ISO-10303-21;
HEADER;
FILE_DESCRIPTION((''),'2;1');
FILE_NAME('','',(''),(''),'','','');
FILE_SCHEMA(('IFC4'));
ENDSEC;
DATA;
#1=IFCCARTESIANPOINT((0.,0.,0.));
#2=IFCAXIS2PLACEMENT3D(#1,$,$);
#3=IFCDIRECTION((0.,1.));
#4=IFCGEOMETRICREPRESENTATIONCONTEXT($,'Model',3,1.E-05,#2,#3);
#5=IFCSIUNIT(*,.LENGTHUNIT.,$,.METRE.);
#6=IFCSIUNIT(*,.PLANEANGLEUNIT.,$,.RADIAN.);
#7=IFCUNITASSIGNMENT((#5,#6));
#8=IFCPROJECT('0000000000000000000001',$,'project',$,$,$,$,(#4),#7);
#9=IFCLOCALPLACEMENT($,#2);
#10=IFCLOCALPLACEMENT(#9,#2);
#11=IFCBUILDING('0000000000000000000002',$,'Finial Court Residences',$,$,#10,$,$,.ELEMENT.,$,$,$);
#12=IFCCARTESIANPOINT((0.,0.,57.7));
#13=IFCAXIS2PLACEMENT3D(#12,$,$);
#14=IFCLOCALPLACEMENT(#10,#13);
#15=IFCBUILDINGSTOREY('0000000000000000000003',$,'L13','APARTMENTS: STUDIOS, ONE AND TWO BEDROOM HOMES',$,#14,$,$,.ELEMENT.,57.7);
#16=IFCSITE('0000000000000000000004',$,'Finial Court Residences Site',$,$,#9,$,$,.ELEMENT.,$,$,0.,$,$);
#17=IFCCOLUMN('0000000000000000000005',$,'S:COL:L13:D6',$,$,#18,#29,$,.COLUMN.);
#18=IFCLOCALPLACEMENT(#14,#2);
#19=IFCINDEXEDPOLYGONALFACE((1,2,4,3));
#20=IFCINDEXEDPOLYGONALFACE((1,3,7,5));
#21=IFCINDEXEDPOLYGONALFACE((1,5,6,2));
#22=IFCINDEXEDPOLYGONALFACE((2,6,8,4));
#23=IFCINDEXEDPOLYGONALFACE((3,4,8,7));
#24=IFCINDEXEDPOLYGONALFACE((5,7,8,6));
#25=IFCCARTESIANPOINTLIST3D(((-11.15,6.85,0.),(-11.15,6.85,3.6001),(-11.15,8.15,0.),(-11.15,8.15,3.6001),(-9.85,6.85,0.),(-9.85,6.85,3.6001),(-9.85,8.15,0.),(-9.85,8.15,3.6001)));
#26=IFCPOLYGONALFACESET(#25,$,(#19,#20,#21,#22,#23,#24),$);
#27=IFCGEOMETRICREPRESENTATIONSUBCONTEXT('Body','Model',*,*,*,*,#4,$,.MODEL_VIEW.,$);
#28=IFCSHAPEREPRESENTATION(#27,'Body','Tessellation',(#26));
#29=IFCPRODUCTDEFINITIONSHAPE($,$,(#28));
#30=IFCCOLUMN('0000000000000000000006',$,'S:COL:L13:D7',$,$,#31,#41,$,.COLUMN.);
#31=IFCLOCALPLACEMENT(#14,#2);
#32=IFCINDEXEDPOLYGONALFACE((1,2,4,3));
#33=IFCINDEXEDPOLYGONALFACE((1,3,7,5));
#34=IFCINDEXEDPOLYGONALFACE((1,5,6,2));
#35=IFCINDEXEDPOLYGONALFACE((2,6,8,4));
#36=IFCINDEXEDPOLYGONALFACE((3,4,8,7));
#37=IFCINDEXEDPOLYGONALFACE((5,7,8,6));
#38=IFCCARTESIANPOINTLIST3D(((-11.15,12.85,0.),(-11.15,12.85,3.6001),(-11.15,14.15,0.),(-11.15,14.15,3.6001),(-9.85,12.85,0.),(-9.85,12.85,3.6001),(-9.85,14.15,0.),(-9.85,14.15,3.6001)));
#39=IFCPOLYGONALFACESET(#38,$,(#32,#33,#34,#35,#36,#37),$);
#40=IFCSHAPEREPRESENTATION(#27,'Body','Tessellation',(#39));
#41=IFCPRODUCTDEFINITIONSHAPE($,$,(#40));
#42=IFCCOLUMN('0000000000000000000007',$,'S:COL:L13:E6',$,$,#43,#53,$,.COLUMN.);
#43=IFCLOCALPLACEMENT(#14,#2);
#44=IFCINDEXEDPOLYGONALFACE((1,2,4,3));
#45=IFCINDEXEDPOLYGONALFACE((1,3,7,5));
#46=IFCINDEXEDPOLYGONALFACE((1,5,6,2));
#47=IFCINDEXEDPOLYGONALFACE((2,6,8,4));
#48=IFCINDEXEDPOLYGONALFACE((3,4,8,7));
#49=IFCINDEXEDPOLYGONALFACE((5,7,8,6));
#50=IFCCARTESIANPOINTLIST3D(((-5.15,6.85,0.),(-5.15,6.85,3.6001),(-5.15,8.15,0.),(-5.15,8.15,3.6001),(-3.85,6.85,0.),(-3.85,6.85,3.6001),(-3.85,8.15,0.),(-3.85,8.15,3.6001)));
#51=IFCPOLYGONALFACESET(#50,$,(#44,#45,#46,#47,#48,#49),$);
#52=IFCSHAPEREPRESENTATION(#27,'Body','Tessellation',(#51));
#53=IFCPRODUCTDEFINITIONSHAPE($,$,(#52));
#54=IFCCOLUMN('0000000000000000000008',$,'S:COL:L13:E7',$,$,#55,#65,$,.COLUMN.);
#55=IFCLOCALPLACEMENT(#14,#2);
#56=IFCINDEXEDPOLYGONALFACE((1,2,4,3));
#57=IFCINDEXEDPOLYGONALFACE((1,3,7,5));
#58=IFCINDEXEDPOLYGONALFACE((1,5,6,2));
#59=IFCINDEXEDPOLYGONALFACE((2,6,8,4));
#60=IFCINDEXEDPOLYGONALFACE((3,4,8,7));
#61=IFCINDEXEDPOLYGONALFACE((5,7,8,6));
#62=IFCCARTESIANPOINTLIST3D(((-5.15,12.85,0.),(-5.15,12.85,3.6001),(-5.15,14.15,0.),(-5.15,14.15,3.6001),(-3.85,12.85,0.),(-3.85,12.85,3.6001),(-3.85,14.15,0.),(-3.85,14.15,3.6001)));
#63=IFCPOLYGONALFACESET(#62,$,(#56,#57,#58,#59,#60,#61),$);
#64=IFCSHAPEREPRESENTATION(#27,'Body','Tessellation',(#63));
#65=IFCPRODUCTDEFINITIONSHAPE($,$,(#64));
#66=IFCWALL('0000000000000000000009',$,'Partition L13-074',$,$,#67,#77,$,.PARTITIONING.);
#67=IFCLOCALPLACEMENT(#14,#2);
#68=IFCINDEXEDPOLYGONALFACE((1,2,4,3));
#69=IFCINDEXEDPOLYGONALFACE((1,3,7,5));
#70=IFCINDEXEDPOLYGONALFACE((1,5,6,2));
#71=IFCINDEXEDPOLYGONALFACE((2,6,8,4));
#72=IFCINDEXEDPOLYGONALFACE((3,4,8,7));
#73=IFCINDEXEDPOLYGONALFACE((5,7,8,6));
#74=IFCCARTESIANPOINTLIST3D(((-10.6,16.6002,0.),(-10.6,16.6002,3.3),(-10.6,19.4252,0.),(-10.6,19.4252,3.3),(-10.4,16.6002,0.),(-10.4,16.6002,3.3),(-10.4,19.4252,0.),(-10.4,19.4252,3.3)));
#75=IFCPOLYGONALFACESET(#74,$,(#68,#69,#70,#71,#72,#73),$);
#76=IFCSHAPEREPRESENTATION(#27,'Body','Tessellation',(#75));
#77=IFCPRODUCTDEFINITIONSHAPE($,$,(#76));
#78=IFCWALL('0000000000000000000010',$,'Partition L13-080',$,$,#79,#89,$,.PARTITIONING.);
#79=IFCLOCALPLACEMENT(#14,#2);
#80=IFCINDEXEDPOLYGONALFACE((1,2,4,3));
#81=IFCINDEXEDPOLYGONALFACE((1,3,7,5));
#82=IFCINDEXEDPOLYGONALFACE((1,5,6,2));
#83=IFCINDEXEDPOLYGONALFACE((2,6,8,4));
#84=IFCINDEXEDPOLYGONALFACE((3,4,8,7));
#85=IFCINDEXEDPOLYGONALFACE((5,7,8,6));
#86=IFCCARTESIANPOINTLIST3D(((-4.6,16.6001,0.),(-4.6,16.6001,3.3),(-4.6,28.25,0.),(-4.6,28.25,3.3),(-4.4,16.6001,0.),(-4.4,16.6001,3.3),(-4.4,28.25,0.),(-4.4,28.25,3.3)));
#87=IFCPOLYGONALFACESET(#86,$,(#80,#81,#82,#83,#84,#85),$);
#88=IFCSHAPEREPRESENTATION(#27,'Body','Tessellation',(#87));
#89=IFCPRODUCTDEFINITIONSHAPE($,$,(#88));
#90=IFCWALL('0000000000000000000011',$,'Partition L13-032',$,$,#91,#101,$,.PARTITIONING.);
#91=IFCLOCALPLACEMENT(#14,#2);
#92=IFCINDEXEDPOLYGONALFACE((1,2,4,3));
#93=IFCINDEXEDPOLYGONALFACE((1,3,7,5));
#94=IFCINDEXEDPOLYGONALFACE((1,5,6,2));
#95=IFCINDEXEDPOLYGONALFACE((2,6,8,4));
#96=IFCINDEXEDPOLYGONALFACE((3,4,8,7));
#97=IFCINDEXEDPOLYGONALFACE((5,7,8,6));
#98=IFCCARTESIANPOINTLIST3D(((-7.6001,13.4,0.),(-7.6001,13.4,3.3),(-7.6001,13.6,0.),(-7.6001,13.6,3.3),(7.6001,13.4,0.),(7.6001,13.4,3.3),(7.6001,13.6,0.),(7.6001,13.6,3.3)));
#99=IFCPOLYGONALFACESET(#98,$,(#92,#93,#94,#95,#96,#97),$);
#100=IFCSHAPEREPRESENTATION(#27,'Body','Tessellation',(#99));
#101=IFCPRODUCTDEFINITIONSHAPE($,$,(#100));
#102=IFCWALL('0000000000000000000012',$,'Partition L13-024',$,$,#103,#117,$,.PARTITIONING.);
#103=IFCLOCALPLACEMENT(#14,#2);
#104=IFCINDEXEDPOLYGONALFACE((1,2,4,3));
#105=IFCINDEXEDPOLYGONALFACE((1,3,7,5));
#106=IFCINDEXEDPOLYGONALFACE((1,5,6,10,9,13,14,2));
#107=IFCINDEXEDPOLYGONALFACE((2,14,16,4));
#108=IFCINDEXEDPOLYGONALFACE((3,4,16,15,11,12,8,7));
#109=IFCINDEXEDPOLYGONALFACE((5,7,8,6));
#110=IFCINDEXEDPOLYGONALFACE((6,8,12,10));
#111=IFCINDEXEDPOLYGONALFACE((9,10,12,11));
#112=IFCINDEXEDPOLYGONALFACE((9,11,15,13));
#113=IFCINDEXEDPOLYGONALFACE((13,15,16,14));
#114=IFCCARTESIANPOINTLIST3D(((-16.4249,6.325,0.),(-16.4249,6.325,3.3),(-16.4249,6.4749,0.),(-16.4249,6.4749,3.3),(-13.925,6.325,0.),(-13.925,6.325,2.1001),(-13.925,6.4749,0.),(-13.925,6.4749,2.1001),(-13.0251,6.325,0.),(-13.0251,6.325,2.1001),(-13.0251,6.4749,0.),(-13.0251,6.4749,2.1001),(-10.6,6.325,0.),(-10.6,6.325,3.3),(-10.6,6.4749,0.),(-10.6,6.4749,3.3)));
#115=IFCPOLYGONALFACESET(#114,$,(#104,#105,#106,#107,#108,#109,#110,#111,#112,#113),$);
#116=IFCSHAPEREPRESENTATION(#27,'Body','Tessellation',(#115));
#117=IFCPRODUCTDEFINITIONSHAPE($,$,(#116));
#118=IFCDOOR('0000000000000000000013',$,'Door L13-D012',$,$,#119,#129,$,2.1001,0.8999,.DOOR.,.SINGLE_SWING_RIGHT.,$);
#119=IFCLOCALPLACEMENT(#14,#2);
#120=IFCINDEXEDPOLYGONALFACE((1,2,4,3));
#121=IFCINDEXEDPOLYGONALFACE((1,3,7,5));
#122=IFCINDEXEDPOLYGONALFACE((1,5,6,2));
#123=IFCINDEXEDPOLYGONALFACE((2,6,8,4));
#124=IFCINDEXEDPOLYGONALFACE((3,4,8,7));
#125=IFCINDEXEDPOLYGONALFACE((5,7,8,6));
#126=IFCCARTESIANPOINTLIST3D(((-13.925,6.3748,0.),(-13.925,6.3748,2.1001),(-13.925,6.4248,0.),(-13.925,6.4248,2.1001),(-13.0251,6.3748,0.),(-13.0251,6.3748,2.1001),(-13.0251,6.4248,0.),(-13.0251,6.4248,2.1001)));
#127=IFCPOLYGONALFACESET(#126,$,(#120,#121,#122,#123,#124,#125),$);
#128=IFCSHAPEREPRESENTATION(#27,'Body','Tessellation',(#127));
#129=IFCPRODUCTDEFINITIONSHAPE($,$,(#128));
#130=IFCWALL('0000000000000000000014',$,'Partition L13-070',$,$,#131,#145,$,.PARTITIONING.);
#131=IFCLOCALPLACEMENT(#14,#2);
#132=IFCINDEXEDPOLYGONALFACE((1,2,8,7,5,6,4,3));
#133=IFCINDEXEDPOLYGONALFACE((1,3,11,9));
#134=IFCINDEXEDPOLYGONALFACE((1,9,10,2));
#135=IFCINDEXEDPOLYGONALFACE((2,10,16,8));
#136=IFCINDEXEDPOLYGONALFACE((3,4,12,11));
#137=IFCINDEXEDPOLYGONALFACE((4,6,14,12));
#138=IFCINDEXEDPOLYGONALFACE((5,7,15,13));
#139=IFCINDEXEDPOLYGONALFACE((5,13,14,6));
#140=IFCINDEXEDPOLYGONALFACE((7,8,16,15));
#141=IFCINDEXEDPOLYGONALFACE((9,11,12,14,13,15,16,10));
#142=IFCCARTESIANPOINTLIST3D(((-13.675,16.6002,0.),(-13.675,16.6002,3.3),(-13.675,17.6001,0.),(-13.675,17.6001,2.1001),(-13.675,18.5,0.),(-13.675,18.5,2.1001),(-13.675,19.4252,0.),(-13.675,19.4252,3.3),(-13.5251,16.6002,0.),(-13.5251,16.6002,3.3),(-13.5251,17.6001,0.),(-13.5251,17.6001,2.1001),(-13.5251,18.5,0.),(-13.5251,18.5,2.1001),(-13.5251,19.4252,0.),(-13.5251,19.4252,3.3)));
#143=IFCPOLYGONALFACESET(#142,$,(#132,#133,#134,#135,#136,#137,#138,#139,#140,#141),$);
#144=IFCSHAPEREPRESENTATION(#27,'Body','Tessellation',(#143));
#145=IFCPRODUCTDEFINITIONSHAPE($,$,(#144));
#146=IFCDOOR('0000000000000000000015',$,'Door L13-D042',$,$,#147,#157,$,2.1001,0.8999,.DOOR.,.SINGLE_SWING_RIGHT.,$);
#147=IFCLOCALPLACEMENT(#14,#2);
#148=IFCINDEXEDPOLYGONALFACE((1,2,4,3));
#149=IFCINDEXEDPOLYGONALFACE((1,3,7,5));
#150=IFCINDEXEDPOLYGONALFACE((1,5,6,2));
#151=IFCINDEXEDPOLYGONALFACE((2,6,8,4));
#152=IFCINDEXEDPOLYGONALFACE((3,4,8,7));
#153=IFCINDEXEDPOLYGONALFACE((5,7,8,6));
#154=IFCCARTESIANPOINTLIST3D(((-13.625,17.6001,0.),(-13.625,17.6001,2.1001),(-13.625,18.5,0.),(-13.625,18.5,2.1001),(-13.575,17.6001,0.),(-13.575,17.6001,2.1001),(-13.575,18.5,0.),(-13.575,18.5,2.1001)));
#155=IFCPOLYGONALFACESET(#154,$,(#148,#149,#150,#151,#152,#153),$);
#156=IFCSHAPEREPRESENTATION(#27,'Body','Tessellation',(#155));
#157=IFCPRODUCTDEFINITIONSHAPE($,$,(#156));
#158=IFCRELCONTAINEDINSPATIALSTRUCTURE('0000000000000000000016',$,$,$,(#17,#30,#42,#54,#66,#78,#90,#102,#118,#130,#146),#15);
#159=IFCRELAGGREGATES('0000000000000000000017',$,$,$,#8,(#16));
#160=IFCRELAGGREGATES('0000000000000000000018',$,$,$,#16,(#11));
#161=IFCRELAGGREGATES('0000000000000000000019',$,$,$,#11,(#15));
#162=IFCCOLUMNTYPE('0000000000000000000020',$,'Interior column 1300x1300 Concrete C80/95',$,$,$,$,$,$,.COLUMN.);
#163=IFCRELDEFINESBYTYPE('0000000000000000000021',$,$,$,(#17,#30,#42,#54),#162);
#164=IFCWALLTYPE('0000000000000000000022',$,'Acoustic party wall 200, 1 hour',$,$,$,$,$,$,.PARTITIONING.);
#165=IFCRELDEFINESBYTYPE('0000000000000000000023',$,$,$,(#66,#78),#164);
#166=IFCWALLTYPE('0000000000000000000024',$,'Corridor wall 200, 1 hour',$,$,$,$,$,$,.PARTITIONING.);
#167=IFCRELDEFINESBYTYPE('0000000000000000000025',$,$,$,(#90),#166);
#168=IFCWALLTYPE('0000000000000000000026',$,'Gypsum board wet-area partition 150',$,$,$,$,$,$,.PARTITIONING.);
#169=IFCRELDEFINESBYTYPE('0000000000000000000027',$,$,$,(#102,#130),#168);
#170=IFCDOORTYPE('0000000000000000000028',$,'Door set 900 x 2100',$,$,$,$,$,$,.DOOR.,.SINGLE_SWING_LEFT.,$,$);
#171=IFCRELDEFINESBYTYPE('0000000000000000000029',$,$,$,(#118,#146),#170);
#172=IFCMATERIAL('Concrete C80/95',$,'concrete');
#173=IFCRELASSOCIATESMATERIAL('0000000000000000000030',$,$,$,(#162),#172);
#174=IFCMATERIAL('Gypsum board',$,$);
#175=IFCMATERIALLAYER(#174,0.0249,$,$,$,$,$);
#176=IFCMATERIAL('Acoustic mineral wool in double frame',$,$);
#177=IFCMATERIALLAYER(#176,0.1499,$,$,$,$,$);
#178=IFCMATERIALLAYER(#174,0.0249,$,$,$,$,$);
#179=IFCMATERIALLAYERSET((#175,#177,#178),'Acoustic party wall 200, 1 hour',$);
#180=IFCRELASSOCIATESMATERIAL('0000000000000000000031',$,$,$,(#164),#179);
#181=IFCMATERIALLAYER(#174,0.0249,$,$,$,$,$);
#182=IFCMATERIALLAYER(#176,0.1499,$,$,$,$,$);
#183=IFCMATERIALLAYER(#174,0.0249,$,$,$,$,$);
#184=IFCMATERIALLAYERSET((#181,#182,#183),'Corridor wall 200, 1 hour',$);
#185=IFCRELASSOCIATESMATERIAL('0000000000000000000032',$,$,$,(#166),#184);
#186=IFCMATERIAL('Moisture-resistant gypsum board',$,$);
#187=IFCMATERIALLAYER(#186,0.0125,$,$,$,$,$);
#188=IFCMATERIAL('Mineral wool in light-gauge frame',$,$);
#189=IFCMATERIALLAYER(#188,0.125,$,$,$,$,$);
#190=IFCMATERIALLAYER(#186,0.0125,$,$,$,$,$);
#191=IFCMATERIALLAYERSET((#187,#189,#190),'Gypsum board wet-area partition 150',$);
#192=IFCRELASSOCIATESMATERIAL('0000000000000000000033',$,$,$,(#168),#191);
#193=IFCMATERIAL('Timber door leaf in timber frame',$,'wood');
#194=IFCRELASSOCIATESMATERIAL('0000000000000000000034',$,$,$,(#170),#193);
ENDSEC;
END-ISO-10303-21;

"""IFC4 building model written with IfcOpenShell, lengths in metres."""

from ifc_helpers import new_model, si_unit, direction, frame, frame_2d, origin, origin_2d, place, context, subcontext, project, spatial, rectangle, extrude, material, layer, layer_set, material_profile, profile_set, type_object, element, fill, save


model = new_model("IFC4")

# Units and contexts
model_context = context("Model", 3, precision=1e-05, world=origin(), true_north=direction((0.0, 1.0)))
body_context = subcontext(model_context, "Body", "Model", "MODEL_VIEW")
ifc_project = project(units=[si_unit("LENGTHUNIT", "METRE"), si_unit("PLANEANGLEUNIT", "RADIAN")], contexts=[model_context])

# Site, building, storey
site_placement = place(None, origin())
site = spatial("IfcSite", under=ifc_project, at=site_placement, Name="Finial Court Residences Site", CompositionType="ELEMENT", RefElevation=0.0)
building_placement = place(site_placement, origin())
building = spatial("IfcBuilding", under=site, at=building_placement, Name="Finial Court Residences", CompositionType="ELEMENT")
storey_placement = place(building_placement, frame((0.0, 0.0, 57.7)))
storey = spatial("IfcBuildingStorey", under=building, at=storey_placement, Name="L13", Description="APARTMENTS: STUDIOS, ONE AND TWO BEDROOM HOMES", CompositionType="ELEMENT", Elevation=57.7)

# Columns
ifc_material_1 = material(Name="Concrete C80/95", Category="concrete")
ifc_material_profile = material_profile(ifc_material_1, rectangle(XDim=1.3, YDim=1.3, at=origin_2d()), Name="1300x1300")
ifc_profile_set = profile_set([ifc_material_profile], Name="Concrete C80/95")
column_type = type_object("IfcColumnType", Name="Interior column 1300x1300 Concrete C80/95", PredefinedType="COLUMN", material=ifc_profile_set)
for number, where, z_axis, x_axis, name in (
    (1, (-10.5, 7.5, 0.0), (0.0, 0.0, 1.0), (1.0, 0.0, 0.0), "S:COL:L13:D6"),
    (2, (-10.5, 13.5, 0.0), (0.0, 0.0, 1.0), (1.0, 0.0, 0.0), "S:COL:L13:D7"),
    (3, (-4.5, 7.5, 0.0), (0.0, 0.0, 1.0), (1.0, 0.0, 0.0), "S:COL:L13:E6"),
    (4, (-4.5, 13.5, 0.0), (0.0, 0.0, 1.0), (1.0, 0.0, 0.0), "S:COL:L13:E7"),
):
    element("IfcColumn", number, at=place(storey_placement, frame(where, z_axis=z_axis, x_axis=x_axis)), inside=storey, type_object=column_type, Name=name, PredefinedType="COLUMN", context=body_context, shape_type="SweptSolid", body=[
        extrude(rectangle(XDim=1.3, YDim=1.3, at=origin_2d()), origin(), (0.0, 0.0, 1.0), 3.6001),
    ])

# Walls
ifc_material_2 = material(Name="Gypsum board")
ifc_layer_1 = layer(ifc_material_2, 0.0249)
ifc_material_3 = material(Name="Acoustic mineral wool in double frame")
ifc_layer_2 = layer(ifc_material_3, 0.1499)
ifc_layer_3 = layer(ifc_material_2, 0.0249)
ifc_layer_set_1 = layer_set([ifc_layer_1, ifc_layer_2, ifc_layer_3], Name="Acoustic party wall 200, 1 hour")
wall_type_1 = type_object("IfcWallType", Name="Acoustic party wall 200, 1 hour", PredefinedType="PARTITIONING", material=ifc_layer_set_1)
wall_1_placement = place(storey_placement, frame((-10.5, 16.6001, 0.0), z_axis=(0.0, 0.0, 1.0), x_axis=(0.0, 1.0, 0.0)))
element("IfcWall", 5, at=wall_1_placement, inside=storey, type_object=wall_type_1, Name="Partition L13-074", PredefinedType="PARTITIONING", context=body_context, shape_type="SweptSolid", body=[
    extrude(rectangle(XDim=2.825, YDim=0.2, at=frame_2d((1.4126, 0.0))), origin(), (0.0, 0.0, 1.0), 3.3),
])
wall_2_placement = place(storey_placement, frame((-4.5, 16.6001, 0.0), z_axis=(0.0, 0.0, 1.0), x_axis=(0.0, 1.0, 0.0)))
element("IfcWall", 6, at=wall_2_placement, inside=storey, type_object=wall_type_1, Name="Partition L13-080", PredefinedType="PARTITIONING", context=body_context, shape_type="SweptSolid", body=[
    extrude(rectangle(XDim=11.6499, YDim=0.2, at=frame_2d((5.825, 0.0))), origin(), (0.0, 0.0, 1.0), 3.3),
])
ifc_layer_4 = layer(ifc_material_2, 0.0249)
ifc_layer_5 = layer(ifc_material_3, 0.1499)
ifc_layer_6 = layer(ifc_material_2, 0.0249)
ifc_layer_set_2 = layer_set([ifc_layer_4, ifc_layer_5, ifc_layer_6], Name="Corridor wall 200, 1 hour")
wall_type_2 = type_object("IfcWallType", Name="Corridor wall 200, 1 hour", PredefinedType="PARTITIONING", material=ifc_layer_set_2)
wall_3_placement = place(storey_placement, frame((-7.6001, 13.5, 0.0), z_axis=(0.0, 0.0, 1.0), x_axis=(1.0, 0.0, 0.0)))
element("IfcWall", 7, at=wall_3_placement, inside=storey, type_object=wall_type_2, Name="Partition L13-032", PredefinedType="PARTITIONING", context=body_context, shape_type="SweptSolid", body=[
    extrude(rectangle(XDim=15.2002, YDim=0.2, at=frame_2d((7.6001, 0.0))), origin(), (0.0, 0.0, 1.0), 3.3),
])

# Walls, openings, doors
ifc_material_4 = material(Name="Moisture-resistant gypsum board")
ifc_layer_7 = layer(ifc_material_4, 0.0125)
ifc_material_5 = material(Name="Mineral wool in light-gauge frame")
ifc_layer_8 = layer(ifc_material_5, 0.125)
ifc_layer_9 = layer(ifc_material_4, 0.0125)
ifc_layer_set_3 = layer_set([ifc_layer_7, ifc_layer_8, ifc_layer_9], Name="Gypsum board wet-area partition 150")
wall_type_3 = type_object("IfcWallType", Name="Gypsum board wet-area partition 150", PredefinedType="PARTITIONING", material=ifc_layer_set_3)
wall_4_placement = place(storey_placement, frame((-16.425, 6.3999, 0.0), z_axis=(0.0, 0.0, 1.0), x_axis=(1.0, 0.0, 0.0)))
wall_4 = element("IfcWall", 8, at=wall_4_placement, inside=storey, type_object=wall_type_3, Name="Partition L13-024", PredefinedType="PARTITIONING", context=body_context, shape_type="SweptSolid", body=[
    extrude(rectangle(XDim=5.825, YDim=0.1499, at=frame_2d((2.9126, 0.0))), origin(), (0.0, 0.0, 1.0), 3.3),
])
opening_1_placement = place(wall_4_placement, frame((2.5, 0.0, 0.0)))
opening_1 = element("IfcOpeningElement", 9, at=opening_1_placement, cuts=wall_4, PredefinedType="OPENING", context=body_context, shape_type="SweptSolid", body=[
    extrude(rectangle(XDim=0.8999, YDim=2.1001, at=frame_2d((0.45, 1.05))), frame((0.0, 0.085, 0.0), z_axis=(0.0, -1.0, 0.0), x_axis=(1.0, 0.0, 0.0)), (0.0, 0.0, 1.0), 0.1699),
])
ifc_material_6 = material(Name="Timber door leaf in timber frame", Category="wood")
door_type = type_object("IfcDoorType", Name="Door set 900 x 2100", OperationType="SINGLE_SWING_LEFT", PredefinedType="DOOR", material=ifc_material_6)
door_1_placement = place(opening_1_placement, origin())
door_1 = element("IfcDoor", 10, at=door_1_placement, inside=storey, type_object=door_type, Name="Door L13-D012", OperationType="SINGLE_SWING_RIGHT", OverallHeight=2.1001, OverallWidth=0.8999, PredefinedType="DOOR", context=body_context, shape_type="SweptSolid", body=[
    extrude(rectangle(XDim=0.8999, YDim=2.1001, at=frame_2d((0.45, 1.05))), frame((0.0, 0.0249, 0.0), z_axis=(0.0, -1.0, 0.0), x_axis=(1.0, 0.0, 0.0)), (0.0, 0.0, 1.0), 0.05),
])
fill(opening_1, door_1)
wall_5_placement = place(storey_placement, frame((-13.6001, 16.6001, 0.0), z_axis=(0.0, 0.0, 1.0), x_axis=(0.0, 1.0, 0.0)))
wall_5 = element("IfcWall", 11, at=wall_5_placement, inside=storey, type_object=wall_type_3, Name="Partition L13-070", PredefinedType="PARTITIONING", context=body_context, shape_type="SweptSolid", body=[
    extrude(rectangle(XDim=2.825, YDim=0.1499, at=frame_2d((1.4126, 0.0))), origin(), (0.0, 0.0, 1.0), 3.3),
])
opening_2_placement = place(wall_5_placement, frame((1.0, 0.0, 0.0)))
opening_2 = element("IfcOpeningElement", 12, at=opening_2_placement, cuts=wall_5, PredefinedType="OPENING", context=body_context, shape_type="SweptSolid", body=[
    extrude(rectangle(XDim=0.8999, YDim=2.1001, at=frame_2d((0.45, 1.05))), frame((0.0, 0.085, 0.0), z_axis=(0.0, -1.0, 0.0), x_axis=(1.0, 0.0, 0.0)), (0.0, 0.0, 1.0), 0.1699),
])
door_2_placement = place(opening_2_placement, origin())
door_2 = element("IfcDoor", 13, at=door_2_placement, inside=storey, type_object=door_type, Name="Door L13-D042", OperationType="SINGLE_SWING_RIGHT", OverallHeight=2.1001, OverallWidth=0.8999, PredefinedType="DOOR", context=body_context, shape_type="SweptSolid", body=[
    extrude(rectangle(XDim=0.8999, YDim=2.1001, at=frame_2d((0.45, 1.05))), frame((0.0, 0.0249, 0.0), z_axis=(0.0, -1.0, 0.0), x_axis=(1.0, 0.0, 0.0)), (0.0, 0.0, 1.0), 0.05),
])
fill(opening_2, door_2)

save(model, "model.ifc")
